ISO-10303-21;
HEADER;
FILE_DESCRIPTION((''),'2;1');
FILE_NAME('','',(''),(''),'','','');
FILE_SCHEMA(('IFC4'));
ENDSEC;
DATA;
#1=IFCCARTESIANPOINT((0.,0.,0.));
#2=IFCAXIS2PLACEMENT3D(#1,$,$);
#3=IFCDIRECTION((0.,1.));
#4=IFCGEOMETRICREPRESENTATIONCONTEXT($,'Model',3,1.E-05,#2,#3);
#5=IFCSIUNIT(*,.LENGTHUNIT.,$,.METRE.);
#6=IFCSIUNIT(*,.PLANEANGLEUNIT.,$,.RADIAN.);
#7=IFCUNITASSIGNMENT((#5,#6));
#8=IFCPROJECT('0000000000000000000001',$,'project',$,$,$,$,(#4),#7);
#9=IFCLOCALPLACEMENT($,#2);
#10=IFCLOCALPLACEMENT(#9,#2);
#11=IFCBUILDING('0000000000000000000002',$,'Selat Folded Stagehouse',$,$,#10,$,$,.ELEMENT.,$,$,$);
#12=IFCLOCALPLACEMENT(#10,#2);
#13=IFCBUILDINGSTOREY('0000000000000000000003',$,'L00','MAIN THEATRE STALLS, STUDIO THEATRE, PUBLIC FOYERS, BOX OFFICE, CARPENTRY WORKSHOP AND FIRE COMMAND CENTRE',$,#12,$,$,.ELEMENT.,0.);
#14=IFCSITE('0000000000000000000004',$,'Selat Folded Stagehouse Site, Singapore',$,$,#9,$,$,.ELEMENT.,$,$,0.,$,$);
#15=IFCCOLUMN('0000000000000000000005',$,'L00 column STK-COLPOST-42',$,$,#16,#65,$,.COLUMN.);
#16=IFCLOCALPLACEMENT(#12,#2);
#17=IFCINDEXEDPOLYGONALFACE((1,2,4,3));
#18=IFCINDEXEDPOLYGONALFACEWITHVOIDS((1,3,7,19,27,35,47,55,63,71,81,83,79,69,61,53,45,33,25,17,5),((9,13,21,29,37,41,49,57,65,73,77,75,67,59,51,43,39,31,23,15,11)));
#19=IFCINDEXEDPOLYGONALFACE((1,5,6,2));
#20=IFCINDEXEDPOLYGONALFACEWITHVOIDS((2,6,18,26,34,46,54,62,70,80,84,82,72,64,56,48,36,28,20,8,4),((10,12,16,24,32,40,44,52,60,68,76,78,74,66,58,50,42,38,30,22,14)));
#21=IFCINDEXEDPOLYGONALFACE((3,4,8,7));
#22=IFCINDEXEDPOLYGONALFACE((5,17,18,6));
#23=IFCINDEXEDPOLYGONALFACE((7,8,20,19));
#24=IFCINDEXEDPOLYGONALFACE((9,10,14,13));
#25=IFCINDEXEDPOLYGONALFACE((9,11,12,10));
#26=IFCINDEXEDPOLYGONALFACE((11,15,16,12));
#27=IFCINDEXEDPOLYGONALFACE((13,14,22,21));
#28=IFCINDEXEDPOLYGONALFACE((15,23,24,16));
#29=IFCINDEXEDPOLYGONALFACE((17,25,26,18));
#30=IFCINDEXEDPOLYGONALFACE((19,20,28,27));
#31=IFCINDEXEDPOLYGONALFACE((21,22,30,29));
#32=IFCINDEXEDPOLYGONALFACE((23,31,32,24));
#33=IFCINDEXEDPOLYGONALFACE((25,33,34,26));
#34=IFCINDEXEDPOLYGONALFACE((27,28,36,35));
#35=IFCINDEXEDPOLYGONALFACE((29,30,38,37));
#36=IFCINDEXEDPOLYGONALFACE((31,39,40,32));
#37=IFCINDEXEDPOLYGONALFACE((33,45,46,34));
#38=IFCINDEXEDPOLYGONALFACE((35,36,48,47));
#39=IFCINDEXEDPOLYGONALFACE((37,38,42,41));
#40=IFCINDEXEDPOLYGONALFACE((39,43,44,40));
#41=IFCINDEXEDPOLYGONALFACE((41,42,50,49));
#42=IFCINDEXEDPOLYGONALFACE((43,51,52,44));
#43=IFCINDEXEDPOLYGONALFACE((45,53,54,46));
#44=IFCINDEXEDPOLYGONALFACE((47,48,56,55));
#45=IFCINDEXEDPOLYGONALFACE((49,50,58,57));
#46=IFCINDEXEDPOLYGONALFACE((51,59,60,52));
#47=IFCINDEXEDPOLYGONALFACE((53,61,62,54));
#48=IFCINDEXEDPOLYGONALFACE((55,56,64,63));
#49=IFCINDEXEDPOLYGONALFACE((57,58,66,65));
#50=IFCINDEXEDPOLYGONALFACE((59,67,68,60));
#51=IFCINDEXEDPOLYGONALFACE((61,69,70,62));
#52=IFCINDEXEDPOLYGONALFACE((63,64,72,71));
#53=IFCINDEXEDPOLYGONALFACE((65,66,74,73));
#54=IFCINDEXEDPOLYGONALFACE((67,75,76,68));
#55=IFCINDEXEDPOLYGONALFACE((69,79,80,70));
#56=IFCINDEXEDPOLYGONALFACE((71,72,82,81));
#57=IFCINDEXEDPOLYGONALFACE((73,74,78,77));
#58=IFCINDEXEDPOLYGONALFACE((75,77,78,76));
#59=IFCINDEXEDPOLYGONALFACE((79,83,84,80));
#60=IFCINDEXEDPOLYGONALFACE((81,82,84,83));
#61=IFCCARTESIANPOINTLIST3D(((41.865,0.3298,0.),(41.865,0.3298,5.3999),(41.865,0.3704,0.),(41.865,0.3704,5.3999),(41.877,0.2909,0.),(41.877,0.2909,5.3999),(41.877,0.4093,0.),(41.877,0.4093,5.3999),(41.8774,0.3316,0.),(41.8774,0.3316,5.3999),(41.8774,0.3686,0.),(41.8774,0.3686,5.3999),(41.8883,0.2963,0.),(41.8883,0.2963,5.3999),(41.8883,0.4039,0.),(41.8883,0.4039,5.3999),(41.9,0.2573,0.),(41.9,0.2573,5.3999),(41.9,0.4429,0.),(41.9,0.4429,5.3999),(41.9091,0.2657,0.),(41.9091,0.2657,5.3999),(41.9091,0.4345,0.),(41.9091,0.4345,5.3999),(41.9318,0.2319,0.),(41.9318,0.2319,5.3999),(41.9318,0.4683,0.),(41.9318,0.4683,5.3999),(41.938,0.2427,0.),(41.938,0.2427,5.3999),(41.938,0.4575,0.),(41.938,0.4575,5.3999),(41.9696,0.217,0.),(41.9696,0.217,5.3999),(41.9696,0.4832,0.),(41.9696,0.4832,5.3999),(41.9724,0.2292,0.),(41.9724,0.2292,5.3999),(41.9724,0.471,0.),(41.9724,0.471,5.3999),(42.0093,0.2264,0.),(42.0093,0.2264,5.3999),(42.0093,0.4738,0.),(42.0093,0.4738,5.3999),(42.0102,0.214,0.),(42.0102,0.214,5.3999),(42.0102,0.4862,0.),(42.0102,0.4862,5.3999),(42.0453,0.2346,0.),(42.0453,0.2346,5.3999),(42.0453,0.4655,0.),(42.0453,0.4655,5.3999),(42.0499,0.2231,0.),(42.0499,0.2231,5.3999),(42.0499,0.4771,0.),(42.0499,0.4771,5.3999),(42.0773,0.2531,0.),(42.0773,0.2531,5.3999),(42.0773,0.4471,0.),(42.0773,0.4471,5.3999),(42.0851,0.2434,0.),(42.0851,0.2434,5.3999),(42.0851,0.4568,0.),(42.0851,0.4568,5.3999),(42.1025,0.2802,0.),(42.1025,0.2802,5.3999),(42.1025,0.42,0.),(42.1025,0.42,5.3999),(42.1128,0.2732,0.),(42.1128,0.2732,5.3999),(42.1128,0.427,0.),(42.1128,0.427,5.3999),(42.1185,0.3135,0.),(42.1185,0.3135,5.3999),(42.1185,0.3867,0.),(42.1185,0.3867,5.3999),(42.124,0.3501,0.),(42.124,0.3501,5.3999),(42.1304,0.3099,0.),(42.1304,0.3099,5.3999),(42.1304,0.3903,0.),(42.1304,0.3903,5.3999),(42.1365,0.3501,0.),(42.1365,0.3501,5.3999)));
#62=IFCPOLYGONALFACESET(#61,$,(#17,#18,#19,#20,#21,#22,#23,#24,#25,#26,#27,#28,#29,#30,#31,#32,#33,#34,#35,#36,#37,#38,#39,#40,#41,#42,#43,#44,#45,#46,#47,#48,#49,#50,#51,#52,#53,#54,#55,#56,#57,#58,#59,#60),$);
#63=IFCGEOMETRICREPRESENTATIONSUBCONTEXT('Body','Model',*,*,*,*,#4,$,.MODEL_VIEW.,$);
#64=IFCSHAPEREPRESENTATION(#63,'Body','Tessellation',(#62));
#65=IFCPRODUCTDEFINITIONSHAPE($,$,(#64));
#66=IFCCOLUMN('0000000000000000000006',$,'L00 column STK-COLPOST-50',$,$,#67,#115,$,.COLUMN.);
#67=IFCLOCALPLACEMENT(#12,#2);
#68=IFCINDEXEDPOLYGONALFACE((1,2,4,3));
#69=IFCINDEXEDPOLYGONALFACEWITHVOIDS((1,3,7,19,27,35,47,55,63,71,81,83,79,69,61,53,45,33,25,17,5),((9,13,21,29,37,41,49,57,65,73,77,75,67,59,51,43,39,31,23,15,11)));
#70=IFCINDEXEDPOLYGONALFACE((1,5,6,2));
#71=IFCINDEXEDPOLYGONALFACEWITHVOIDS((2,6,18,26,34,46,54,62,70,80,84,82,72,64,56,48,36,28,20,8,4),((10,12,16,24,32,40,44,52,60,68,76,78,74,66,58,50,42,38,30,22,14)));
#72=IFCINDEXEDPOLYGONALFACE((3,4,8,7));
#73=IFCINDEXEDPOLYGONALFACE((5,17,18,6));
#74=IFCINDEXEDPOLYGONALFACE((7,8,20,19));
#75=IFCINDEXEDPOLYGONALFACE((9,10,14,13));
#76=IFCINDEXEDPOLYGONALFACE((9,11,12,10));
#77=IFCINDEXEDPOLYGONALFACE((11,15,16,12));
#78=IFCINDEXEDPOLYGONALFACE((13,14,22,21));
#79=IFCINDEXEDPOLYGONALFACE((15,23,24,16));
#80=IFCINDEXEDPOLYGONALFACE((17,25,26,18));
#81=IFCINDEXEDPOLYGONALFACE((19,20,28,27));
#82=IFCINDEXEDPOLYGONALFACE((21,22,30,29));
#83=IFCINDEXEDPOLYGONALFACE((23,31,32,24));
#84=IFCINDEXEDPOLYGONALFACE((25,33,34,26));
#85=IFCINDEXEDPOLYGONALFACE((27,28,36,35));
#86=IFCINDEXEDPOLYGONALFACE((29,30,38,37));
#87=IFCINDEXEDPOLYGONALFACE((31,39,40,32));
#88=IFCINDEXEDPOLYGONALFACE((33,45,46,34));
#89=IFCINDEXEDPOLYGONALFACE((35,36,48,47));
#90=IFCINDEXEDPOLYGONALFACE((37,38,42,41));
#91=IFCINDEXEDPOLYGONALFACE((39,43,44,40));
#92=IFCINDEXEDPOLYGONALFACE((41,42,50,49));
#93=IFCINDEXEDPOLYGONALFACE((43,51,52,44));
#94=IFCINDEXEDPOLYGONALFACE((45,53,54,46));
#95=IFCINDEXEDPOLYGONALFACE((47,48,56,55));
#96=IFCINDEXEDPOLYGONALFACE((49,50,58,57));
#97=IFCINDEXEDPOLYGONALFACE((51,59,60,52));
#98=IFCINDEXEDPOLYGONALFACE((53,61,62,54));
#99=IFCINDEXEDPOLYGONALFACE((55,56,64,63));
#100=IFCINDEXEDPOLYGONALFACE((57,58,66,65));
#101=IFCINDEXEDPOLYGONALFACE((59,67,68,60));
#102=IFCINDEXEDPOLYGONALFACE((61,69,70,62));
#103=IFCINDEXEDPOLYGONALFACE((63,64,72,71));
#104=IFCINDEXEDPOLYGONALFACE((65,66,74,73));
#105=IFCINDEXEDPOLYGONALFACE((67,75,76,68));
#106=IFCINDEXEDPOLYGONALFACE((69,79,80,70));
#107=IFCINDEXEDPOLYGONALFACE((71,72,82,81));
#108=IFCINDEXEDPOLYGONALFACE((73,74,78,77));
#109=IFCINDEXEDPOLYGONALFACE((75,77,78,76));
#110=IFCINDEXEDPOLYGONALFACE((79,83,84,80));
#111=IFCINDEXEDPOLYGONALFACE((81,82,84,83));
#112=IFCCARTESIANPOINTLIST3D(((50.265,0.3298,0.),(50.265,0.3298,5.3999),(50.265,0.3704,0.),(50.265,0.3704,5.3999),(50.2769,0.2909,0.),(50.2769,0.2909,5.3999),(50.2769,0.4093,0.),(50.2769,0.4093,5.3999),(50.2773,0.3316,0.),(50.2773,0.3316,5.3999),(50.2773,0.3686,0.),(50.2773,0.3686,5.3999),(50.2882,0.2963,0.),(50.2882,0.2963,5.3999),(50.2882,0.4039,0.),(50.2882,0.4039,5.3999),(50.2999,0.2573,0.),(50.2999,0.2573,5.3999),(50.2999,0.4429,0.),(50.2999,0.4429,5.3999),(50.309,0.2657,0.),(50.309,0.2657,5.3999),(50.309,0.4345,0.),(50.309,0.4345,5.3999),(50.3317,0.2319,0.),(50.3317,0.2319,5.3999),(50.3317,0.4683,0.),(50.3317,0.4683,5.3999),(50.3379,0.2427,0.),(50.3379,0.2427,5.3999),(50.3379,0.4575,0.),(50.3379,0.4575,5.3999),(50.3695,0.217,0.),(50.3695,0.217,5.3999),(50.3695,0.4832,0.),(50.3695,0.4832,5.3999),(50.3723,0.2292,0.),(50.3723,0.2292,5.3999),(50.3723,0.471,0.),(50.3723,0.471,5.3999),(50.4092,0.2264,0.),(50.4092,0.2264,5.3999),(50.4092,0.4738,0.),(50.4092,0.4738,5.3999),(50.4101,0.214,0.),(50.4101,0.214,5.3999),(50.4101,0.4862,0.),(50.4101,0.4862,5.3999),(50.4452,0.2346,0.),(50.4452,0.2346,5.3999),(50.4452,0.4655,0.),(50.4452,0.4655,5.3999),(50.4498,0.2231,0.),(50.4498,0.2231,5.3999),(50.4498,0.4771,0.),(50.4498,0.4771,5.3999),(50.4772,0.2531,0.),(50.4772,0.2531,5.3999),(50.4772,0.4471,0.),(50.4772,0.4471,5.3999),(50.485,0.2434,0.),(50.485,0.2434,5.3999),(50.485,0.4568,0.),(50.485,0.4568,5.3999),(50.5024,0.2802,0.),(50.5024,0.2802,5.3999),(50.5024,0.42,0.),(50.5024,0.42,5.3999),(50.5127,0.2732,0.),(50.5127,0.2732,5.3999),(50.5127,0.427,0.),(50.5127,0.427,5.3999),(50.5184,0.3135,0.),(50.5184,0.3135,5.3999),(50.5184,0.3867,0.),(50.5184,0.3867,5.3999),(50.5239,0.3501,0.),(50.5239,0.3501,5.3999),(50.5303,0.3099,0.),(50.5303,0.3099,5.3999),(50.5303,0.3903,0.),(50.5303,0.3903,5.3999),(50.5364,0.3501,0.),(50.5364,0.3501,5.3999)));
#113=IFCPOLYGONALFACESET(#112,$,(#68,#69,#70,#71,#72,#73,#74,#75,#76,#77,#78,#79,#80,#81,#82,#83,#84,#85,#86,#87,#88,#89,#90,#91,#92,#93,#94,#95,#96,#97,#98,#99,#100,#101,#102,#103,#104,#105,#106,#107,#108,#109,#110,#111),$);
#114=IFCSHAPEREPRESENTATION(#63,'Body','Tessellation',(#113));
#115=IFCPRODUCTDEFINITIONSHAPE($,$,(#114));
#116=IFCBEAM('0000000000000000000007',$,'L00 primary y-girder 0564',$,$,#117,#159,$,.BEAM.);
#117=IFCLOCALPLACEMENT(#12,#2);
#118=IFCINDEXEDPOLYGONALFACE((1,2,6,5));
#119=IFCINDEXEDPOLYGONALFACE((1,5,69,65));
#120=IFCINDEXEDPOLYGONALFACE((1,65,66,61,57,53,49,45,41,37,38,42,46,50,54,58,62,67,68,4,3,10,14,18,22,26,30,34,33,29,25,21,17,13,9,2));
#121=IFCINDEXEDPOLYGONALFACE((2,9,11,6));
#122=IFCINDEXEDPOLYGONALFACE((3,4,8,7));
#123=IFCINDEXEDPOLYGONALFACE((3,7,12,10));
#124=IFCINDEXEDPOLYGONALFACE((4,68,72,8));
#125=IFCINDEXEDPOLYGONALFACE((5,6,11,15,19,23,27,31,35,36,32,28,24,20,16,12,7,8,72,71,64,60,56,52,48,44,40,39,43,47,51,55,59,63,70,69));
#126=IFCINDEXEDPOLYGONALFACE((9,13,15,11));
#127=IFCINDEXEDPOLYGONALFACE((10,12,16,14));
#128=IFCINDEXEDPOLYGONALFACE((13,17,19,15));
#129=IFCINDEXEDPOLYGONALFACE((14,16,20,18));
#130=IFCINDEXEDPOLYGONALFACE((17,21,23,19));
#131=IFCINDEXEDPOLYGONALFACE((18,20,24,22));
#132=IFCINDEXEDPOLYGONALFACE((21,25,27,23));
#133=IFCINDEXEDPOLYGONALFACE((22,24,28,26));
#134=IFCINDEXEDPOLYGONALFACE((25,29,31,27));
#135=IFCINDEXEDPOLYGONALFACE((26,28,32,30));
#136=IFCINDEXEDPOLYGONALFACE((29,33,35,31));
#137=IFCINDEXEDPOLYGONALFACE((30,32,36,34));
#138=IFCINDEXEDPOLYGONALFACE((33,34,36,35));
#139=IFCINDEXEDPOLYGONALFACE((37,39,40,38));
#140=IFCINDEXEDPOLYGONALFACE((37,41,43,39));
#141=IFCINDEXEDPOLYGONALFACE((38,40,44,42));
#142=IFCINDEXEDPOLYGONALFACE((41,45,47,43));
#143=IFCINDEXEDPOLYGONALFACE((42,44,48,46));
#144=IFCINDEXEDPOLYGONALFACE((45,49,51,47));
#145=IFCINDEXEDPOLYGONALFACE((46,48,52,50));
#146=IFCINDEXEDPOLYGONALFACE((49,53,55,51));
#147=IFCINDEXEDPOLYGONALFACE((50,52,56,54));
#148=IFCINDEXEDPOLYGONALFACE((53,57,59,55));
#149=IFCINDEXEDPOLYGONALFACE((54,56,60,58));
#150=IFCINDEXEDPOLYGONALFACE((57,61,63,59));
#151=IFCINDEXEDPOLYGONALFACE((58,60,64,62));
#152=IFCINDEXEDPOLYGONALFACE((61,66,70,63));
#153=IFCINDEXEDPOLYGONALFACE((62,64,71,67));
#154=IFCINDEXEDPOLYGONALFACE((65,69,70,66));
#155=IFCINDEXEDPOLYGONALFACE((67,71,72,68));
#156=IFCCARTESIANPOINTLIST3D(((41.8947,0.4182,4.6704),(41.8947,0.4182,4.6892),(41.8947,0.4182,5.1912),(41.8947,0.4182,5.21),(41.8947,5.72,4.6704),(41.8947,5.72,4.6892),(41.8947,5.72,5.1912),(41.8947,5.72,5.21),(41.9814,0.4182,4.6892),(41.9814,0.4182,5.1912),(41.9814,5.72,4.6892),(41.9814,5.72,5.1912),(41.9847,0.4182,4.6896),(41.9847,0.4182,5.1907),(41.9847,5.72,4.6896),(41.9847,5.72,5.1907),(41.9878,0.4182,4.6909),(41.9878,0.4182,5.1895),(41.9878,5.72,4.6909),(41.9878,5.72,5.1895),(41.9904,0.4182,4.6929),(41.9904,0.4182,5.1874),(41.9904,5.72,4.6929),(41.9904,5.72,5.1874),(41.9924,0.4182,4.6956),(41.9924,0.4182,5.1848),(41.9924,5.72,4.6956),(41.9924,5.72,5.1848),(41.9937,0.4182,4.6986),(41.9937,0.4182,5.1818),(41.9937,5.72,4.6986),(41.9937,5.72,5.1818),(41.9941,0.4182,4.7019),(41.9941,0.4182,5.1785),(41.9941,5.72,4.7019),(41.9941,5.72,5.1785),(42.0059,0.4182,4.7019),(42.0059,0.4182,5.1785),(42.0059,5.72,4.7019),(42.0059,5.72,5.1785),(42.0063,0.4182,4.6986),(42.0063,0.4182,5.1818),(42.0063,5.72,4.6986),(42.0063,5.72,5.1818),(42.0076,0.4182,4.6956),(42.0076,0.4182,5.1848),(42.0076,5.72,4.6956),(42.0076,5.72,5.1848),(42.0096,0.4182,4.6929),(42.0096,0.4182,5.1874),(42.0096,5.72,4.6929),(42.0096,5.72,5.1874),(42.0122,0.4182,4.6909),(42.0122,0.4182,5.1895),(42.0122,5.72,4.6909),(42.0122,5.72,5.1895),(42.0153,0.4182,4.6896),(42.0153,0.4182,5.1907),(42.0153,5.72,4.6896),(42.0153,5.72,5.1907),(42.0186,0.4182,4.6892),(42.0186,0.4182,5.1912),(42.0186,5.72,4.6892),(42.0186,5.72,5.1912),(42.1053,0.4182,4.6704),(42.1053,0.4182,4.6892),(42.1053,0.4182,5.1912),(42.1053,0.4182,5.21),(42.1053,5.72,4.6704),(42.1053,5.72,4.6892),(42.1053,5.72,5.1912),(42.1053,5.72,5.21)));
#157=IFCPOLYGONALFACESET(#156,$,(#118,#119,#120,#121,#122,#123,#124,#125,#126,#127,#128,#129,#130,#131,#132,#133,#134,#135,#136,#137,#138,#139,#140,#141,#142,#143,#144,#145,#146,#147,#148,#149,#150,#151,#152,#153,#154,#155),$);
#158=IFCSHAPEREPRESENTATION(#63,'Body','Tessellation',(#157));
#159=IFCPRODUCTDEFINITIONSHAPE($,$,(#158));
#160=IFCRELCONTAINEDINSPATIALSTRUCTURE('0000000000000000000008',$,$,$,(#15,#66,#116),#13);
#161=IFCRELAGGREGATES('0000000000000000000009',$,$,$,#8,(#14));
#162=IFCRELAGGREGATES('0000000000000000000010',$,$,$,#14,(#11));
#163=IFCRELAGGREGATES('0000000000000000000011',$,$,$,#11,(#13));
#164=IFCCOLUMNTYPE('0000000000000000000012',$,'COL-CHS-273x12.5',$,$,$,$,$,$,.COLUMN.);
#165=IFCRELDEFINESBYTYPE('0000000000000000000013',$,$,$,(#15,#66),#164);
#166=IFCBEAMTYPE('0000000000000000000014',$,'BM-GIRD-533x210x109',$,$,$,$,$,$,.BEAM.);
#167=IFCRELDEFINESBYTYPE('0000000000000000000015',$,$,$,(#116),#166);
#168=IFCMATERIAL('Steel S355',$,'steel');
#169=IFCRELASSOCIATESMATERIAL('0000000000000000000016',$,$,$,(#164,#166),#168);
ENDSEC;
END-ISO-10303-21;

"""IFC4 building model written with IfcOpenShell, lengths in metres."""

from ifc_helpers import new_model, si_unit, direction, frame, origin, origin_2d, place, context, subcontext, project, spatial, hollow_circle, i_section, extrude, material, material_profile, profile_set, type_object, element, save


model = new_model("IFC4")

# Units and contexts
model_context = context("Model", 3, precision=1e-05, world=origin(), true_north=direction((0.0, 1.0)))
body_context = subcontext(model_context, "Body", "Model", "MODEL_VIEW")
ifc_project = project(units=[si_unit("LENGTHUNIT", "METRE"), si_unit("PLANEANGLEUNIT", "RADIAN")], contexts=[model_context])

# Site, building, storey
site_placement = place(None, origin())
site = spatial("IfcSite", under=ifc_project, at=site_placement, Name="Selat Folded Stagehouse Site, Singapore", CompositionType="ELEMENT", RefElevation=0.0)
building_placement = place(site_placement, origin())
building = spatial("IfcBuilding", under=site, at=building_placement, Name="Selat Folded Stagehouse", CompositionType="ELEMENT")
storey_placement = place(building_placement, origin())
storey = spatial("IfcBuildingStorey", under=building, at=storey_placement, Name="L00", Description="MAIN THEATRE STALLS, STUDIO THEATRE, PUBLIC FOYERS, BOX OFFICE, CARPENTRY WORKSHOP AND FIRE COMMAND CENTRE", CompositionType="ELEMENT", Elevation=0.0)

# Columns
ifc_material_1 = material(Name="Steel S355", Category="steel")
ifc_material_profile_1 = material_profile(ifc_material_1, hollow_circle(Radius=0.1365, WallThickness=0.0125, at=origin_2d()), Name="CHS 273.0x12.5")
ifc_profile_set_1 = profile_set([ifc_material_profile_1], Name="Steel S355")
column_type = type_object("IfcColumnType", Name="COL-CHS-273x12.5", PredefinedType="COLUMN", material=ifc_profile_set_1)
for number, where, z_axis, x_axis, name in (
    (1, (42.0, 0.3501, 0.0), (0.0, 0.0, 1.0), (1.0, 0.0, 0.0), "L00 column STK-COLPOST-42"),
    (2, (50.3999, 0.3501, 0.0), (0.0, 0.0, 1.0), (1.0, 0.0, 0.0), "L00 column STK-COLPOST-50"),
):
    element("IfcColumn", number, at=place(storey_placement, frame(where, z_axis=z_axis, x_axis=x_axis)), inside=storey, type_object=column_type, Name=name, PredefinedType="COLUMN", context=body_context, shape_type="SweptSolid", body=[
        extrude(hollow_circle(Radius=0.1365, WallThickness=0.0125, at=origin_2d()), origin(), (0.0, 0.0, 1.0), 5.3999),
    ])

# Beam
ifc_material_profile_2 = material_profile(ifc_material_1, i_section(OverallWidth=0.2107, OverallDepth=0.5396, WebThickness=0.0117, FlangeThickness=0.0188, FilletRadius=0.0127, at=origin_2d()), Name="UKB 533x210x109")
ifc_profile_set_2 = profile_set([ifc_material_profile_2], Name="Steel S355")
beam_type_1 = type_object("IfcBeamType", Name="BM-GIRD-533x210x109", PredefinedType="BEAM", material=ifc_profile_set_2)
beam_1_placement = place(storey_placement, frame((42.0, 0.4182, 4.9402), z_axis=(0.0, 1.0, 0.0), x_axis=(-1.0, 0.0, 0.0)))
element("IfcBeam", 3, at=beam_1_placement, inside=storey, type_object=beam_type_1, Name="L00 primary y-girder 0564", PredefinedType="BEAM", context=body_context, shape_type="SweptSolid", body=[
    extrude(i_section(OverallWidth=0.2107, OverallDepth=0.5396, WebThickness=0.0117, FlangeThickness=0.0188, FilletRadius=0.0127, at=origin_2d()), origin(), (0.0, 0.0, 1.0), 5.3018),
])

save(model, "model.ifc")
